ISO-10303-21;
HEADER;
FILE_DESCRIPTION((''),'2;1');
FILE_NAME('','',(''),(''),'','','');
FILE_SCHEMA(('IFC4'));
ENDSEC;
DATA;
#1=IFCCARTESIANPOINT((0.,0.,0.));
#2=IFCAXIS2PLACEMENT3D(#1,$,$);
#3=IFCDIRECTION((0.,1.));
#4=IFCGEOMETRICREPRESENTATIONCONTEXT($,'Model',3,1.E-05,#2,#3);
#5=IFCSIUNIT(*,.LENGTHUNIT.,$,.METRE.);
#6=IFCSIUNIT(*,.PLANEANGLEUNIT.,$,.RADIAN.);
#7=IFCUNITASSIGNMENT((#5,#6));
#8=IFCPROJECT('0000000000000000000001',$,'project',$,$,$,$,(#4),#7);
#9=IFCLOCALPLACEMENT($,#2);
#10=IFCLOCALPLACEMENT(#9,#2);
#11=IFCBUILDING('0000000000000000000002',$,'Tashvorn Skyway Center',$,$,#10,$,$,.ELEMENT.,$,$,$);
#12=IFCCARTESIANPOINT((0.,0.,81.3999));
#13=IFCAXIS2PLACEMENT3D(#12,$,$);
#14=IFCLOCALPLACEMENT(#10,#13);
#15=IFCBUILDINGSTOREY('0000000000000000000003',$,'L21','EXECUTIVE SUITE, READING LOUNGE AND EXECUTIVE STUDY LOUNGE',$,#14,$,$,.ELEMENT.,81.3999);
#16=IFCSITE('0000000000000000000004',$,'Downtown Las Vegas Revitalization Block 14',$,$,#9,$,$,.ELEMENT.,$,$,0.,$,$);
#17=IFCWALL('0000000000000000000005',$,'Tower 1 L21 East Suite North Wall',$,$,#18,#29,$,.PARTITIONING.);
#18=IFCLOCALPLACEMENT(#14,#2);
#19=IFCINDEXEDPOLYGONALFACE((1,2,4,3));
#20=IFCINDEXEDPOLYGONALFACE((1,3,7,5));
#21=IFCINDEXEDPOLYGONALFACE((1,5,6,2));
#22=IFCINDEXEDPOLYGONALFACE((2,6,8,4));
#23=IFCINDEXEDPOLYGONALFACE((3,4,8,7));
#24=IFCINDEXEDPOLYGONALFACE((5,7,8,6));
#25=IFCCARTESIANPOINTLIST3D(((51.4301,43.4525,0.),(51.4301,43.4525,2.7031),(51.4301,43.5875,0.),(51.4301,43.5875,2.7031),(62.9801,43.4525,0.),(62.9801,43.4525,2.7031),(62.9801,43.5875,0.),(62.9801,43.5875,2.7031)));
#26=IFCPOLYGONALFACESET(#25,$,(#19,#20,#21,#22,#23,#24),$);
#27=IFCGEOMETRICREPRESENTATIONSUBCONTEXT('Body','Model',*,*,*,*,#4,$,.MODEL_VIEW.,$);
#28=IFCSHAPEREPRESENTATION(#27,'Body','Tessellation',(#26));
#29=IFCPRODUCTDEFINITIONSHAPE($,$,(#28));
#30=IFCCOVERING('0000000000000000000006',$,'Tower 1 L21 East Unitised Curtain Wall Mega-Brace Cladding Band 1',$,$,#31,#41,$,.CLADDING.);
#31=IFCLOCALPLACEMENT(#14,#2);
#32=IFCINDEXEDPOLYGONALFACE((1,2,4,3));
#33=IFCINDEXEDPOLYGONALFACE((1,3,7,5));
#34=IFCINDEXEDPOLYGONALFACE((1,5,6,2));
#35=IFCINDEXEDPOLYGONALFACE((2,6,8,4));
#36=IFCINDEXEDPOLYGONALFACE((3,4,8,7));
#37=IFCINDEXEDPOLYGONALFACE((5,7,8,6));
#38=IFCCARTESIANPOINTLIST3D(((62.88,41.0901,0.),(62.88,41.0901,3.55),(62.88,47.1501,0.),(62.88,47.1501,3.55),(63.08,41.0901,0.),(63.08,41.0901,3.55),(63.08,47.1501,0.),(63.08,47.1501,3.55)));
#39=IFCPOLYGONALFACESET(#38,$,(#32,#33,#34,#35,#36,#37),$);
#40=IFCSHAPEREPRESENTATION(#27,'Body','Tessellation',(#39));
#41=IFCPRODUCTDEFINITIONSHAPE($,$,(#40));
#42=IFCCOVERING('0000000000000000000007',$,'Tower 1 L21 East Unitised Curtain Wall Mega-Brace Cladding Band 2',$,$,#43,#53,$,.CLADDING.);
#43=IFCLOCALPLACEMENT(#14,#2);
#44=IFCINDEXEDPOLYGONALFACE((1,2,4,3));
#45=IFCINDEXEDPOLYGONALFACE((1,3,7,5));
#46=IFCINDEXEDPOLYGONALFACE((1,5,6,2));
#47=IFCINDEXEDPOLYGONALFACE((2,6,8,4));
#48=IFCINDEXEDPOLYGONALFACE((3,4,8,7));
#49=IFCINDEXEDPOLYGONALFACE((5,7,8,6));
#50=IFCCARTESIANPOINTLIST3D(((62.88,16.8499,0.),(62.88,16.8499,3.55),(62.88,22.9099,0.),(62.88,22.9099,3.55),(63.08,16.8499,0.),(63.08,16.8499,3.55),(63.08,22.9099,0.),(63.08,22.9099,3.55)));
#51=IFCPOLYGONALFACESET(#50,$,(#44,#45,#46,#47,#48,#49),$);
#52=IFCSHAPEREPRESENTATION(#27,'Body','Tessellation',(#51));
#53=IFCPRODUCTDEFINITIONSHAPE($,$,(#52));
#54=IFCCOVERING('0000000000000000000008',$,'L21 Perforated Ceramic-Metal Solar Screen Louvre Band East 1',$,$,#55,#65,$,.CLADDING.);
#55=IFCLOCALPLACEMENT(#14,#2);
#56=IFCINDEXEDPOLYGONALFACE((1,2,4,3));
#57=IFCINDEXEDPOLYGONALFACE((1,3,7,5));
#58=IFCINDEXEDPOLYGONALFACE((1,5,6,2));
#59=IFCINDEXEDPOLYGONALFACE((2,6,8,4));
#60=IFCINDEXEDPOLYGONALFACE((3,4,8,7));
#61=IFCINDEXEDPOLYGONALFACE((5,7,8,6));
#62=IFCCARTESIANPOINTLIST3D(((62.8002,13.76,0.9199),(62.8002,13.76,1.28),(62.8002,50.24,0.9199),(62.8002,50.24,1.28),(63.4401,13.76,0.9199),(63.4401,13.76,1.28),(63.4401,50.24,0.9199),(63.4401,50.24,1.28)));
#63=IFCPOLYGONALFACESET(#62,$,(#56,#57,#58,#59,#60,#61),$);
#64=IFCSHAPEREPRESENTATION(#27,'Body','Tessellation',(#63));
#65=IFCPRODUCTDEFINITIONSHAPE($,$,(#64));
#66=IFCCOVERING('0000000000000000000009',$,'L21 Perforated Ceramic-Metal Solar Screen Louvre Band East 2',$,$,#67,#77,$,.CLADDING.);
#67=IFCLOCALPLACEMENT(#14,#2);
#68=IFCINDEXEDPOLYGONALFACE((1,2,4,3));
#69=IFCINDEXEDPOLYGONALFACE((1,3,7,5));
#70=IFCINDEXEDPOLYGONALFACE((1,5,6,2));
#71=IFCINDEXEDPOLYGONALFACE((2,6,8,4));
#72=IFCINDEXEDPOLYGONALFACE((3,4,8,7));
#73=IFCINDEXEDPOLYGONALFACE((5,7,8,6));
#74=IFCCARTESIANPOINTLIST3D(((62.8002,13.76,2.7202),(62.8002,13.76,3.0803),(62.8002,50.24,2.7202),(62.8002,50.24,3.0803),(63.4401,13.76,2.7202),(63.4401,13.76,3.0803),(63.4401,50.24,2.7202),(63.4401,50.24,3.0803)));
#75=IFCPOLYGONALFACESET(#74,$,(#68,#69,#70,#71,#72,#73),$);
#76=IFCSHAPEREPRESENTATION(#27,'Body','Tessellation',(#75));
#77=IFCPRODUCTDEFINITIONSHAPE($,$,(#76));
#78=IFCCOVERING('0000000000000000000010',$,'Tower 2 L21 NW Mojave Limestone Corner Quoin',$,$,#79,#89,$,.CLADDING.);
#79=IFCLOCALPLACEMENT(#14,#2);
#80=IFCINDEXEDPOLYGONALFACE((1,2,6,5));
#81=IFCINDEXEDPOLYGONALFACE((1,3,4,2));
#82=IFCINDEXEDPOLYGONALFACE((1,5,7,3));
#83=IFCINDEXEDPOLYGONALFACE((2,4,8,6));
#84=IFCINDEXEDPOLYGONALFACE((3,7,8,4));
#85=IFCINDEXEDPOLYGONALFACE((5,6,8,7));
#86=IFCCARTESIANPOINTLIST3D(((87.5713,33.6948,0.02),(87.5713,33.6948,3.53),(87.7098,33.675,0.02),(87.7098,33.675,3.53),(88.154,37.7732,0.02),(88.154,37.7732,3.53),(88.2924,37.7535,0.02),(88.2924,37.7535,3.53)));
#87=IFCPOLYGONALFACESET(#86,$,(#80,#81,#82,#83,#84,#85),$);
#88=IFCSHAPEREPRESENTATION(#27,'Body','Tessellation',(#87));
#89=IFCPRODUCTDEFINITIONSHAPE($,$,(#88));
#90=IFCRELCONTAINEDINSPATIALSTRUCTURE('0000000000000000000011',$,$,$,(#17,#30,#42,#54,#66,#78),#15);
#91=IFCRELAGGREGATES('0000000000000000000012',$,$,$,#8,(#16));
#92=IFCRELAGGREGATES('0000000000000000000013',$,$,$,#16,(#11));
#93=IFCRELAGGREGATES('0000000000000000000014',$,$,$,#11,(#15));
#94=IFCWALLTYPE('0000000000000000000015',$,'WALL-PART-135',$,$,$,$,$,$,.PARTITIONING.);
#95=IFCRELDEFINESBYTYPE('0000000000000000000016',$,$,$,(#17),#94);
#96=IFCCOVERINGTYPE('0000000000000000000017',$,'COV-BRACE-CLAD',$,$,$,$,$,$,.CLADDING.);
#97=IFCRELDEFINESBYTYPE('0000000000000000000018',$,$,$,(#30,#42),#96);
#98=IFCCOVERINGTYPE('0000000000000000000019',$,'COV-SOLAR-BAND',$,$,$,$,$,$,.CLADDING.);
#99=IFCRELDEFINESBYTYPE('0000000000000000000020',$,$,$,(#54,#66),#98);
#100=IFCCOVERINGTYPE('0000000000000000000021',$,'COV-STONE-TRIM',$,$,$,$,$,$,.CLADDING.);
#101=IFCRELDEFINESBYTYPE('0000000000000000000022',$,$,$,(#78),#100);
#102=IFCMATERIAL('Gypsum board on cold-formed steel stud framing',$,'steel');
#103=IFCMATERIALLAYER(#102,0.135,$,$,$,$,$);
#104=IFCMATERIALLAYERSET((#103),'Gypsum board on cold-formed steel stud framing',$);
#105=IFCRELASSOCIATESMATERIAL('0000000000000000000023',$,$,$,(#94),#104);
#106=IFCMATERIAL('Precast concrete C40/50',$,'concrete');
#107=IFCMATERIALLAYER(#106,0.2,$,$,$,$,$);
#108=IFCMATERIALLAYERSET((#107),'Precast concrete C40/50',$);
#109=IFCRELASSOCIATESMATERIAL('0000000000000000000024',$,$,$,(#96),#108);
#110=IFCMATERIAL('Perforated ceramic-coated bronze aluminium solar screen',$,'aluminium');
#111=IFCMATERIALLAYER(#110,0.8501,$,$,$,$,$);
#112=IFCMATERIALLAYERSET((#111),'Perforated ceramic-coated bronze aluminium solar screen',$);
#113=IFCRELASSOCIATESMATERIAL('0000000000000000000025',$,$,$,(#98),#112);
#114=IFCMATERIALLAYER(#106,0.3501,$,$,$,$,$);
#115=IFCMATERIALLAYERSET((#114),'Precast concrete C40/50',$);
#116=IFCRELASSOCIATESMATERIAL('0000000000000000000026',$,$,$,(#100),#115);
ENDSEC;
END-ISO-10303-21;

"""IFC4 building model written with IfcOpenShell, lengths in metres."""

from ifc_helpers import new_model, si_unit, direction, frame, frame_2d, origin, origin_2d, place, context, subcontext, project, spatial, rectangle, extrude, material, layer, layer_set, type_object, element, save


model = new_model("IFC4")

# Units and contexts
model_context = context("Model", 3, precision=1e-05, world=origin(), true_north=direction((0.0, 1.0)))
body_context = subcontext(model_context, "Body", "Model", "MODEL_VIEW")
ifc_project = project(units=[si_unit("LENGTHUNIT", "METRE"), si_unit("PLANEANGLEUNIT", "RADIAN")], contexts=[model_context])

# Site, building, storey
site_placement = place(None, origin())
site = spatial("IfcSite", under=ifc_project, at=site_placement, Name="Downtown Las Vegas Revitalization Block 14", CompositionType="ELEMENT", RefElevation=0.0)
building_placement = place(site_placement, origin())
building = spatial("IfcBuilding", under=site, at=building_placement, Name="Tashvorn Skyway Center", CompositionType="ELEMENT")
storey_placement = place(building_placement, frame((0.0, 0.0, 81.3999)))
storey = spatial("IfcBuildingStorey", under=building, at=storey_placement, Name="L21", Description="EXECUTIVE SUITE, READING LOUNGE AND EXECUTIVE STUDY LOUNGE", CompositionType="ELEMENT", Elevation=81.3999)

# Wall
ifc_material_1 = material(Name="Precast concrete C40/50", Category="concrete")
ifc_material_2 = material(Name="Gypsum board on cold-formed steel stud framing", Category="steel")
ifc_layer_1 = layer(ifc_material_2, 0.135)
ifc_layer_set_1 = layer_set([ifc_layer_1], Name="Gypsum board on cold-formed steel stud framing")
wall_type_1 = type_object("IfcWallType", Name="WALL-PART-135", PredefinedType="PARTITIONING", material=ifc_layer_set_1)
wall_1_placement = place(storey_placement, frame((62.98, 43.52, 0.0), z_axis=(0.0, 0.0, 1.0), x_axis=(-1.0, 0.0, 0.0)))
element("IfcWall", 1, at=wall_1_placement, inside=storey, type_object=wall_type_1, Name="Tower 1 L21 East Suite North Wall", PredefinedType="PARTITIONING", context=body_context, shape_type="SweptSolid", body=[
    extrude(rectangle(XDim=11.55, YDim=0.135, at=frame_2d((5.7749, 0.0))), origin(), (0.0, 0.0, 1.0), 2.7031),
])

# Coverings
ifc_layer_2 = layer(ifc_material_1, 0.2)
ifc_layer_set_2 = layer_set([ifc_layer_2], Name="Precast concrete C40/50")
covering_type_1 = type_object("IfcCoveringType", Name="COV-BRACE-CLAD", PredefinedType="CLADDING", material=ifc_layer_set_2)
for number, where, z_axis, x_axis, name in (
    (2, (62.98, 44.1201, 0.0), (0.0, 0.0, 1.0), (0.0, -1.0, 0.0), "Tower 1 L21 East Unitised Curtain Wall Mega-Brace Cladding Band 1"),
    (3, (62.98, 19.8799, 0.0), (0.0, 0.0, 1.0), (0.0, -1.0, 0.0), "Tower 1 L21 East Unitised Curtain Wall Mega-Brace Cladding Band 2"),
):
    element("IfcCovering", number, at=place(storey_placement, frame(where, z_axis=z_axis, x_axis=x_axis)), inside=storey, type_object=covering_type_1, Name=name, PredefinedType="CLADDING", context=body_context, shape_type="SweptSolid", body=[
        extrude(rectangle(XDim=6.0601, YDim=0.2, at=origin_2d()), origin(), (0.0, 0.0, 1.0), 3.55),
    ])
ifc_material_3 = material(Name="Perforated ceramic-coated bronze aluminium solar screen", Category="aluminium")
ifc_layer_3 = layer(ifc_material_3, 0.8501)
ifc_layer_set_3 = layer_set([ifc_layer_3], Name="Perforated ceramic-coated bronze aluminium solar screen")
covering_type_2 = type_object("IfcCoveringType", Name="COV-SOLAR-BAND", PredefinedType="CLADDING", material=ifc_layer_set_3)
for number, where, z_axis, x_axis, name in (
    (4, (63.1201, 32.0, 0.9199), (0.0, 0.0, 1.0), (0.0, -1.0, 0.0), "L21 Perforated Ceramic-Metal Solar Screen Louvre Band East 1"),
    (5, (63.1201, 32.0, 2.7202), (0.0, 0.0, 1.0), (0.0, -1.0, 0.0), "L21 Perforated Ceramic-Metal Solar Screen Louvre Band East 2"),
):
    element("IfcCovering", number, at=place(storey_placement, frame(where, z_axis=z_axis, x_axis=x_axis)), inside=storey, type_object=covering_type_2, Name=name, PredefinedType="CLADDING", context=body_context, shape_type="SweptSolid", body=[
        extrude(rectangle(XDim=36.48, YDim=0.6399, at=origin_2d()), origin(), (0.0, 0.0, 1.0), 0.3601),
    ])
ifc_layer_4 = layer(ifc_material_1, 0.3501)
ifc_layer_set_4 = layer_set([ifc_layer_4], Name="Precast concrete C40/50")
covering_type_3 = type_object("IfcCoveringType", Name="COV-STONE-TRIM", PredefinedType="CLADDING", material=ifc_layer_set_4)
covering_placement = place(storey_placement, frame((87.9319, 35.7241, 0.02), z_axis=(0.0, 0.0, 1.0), x_axis=(-0.141421, -0.989949, 0.0)))
element("IfcCovering", 6, at=covering_placement, inside=storey, type_object=covering_type_3, Name="Tower 2 L21 NW Mojave Limestone Corner Quoin", PredefinedType="CLADDING", context=body_context, shape_type="SweptSolid", body=[
    extrude(rectangle(XDim=4.1199, YDim=0.1399, at=origin_2d()), origin(), (0.0, 0.0, 1.0), 3.51),
])

save(model, "model.ifc")
